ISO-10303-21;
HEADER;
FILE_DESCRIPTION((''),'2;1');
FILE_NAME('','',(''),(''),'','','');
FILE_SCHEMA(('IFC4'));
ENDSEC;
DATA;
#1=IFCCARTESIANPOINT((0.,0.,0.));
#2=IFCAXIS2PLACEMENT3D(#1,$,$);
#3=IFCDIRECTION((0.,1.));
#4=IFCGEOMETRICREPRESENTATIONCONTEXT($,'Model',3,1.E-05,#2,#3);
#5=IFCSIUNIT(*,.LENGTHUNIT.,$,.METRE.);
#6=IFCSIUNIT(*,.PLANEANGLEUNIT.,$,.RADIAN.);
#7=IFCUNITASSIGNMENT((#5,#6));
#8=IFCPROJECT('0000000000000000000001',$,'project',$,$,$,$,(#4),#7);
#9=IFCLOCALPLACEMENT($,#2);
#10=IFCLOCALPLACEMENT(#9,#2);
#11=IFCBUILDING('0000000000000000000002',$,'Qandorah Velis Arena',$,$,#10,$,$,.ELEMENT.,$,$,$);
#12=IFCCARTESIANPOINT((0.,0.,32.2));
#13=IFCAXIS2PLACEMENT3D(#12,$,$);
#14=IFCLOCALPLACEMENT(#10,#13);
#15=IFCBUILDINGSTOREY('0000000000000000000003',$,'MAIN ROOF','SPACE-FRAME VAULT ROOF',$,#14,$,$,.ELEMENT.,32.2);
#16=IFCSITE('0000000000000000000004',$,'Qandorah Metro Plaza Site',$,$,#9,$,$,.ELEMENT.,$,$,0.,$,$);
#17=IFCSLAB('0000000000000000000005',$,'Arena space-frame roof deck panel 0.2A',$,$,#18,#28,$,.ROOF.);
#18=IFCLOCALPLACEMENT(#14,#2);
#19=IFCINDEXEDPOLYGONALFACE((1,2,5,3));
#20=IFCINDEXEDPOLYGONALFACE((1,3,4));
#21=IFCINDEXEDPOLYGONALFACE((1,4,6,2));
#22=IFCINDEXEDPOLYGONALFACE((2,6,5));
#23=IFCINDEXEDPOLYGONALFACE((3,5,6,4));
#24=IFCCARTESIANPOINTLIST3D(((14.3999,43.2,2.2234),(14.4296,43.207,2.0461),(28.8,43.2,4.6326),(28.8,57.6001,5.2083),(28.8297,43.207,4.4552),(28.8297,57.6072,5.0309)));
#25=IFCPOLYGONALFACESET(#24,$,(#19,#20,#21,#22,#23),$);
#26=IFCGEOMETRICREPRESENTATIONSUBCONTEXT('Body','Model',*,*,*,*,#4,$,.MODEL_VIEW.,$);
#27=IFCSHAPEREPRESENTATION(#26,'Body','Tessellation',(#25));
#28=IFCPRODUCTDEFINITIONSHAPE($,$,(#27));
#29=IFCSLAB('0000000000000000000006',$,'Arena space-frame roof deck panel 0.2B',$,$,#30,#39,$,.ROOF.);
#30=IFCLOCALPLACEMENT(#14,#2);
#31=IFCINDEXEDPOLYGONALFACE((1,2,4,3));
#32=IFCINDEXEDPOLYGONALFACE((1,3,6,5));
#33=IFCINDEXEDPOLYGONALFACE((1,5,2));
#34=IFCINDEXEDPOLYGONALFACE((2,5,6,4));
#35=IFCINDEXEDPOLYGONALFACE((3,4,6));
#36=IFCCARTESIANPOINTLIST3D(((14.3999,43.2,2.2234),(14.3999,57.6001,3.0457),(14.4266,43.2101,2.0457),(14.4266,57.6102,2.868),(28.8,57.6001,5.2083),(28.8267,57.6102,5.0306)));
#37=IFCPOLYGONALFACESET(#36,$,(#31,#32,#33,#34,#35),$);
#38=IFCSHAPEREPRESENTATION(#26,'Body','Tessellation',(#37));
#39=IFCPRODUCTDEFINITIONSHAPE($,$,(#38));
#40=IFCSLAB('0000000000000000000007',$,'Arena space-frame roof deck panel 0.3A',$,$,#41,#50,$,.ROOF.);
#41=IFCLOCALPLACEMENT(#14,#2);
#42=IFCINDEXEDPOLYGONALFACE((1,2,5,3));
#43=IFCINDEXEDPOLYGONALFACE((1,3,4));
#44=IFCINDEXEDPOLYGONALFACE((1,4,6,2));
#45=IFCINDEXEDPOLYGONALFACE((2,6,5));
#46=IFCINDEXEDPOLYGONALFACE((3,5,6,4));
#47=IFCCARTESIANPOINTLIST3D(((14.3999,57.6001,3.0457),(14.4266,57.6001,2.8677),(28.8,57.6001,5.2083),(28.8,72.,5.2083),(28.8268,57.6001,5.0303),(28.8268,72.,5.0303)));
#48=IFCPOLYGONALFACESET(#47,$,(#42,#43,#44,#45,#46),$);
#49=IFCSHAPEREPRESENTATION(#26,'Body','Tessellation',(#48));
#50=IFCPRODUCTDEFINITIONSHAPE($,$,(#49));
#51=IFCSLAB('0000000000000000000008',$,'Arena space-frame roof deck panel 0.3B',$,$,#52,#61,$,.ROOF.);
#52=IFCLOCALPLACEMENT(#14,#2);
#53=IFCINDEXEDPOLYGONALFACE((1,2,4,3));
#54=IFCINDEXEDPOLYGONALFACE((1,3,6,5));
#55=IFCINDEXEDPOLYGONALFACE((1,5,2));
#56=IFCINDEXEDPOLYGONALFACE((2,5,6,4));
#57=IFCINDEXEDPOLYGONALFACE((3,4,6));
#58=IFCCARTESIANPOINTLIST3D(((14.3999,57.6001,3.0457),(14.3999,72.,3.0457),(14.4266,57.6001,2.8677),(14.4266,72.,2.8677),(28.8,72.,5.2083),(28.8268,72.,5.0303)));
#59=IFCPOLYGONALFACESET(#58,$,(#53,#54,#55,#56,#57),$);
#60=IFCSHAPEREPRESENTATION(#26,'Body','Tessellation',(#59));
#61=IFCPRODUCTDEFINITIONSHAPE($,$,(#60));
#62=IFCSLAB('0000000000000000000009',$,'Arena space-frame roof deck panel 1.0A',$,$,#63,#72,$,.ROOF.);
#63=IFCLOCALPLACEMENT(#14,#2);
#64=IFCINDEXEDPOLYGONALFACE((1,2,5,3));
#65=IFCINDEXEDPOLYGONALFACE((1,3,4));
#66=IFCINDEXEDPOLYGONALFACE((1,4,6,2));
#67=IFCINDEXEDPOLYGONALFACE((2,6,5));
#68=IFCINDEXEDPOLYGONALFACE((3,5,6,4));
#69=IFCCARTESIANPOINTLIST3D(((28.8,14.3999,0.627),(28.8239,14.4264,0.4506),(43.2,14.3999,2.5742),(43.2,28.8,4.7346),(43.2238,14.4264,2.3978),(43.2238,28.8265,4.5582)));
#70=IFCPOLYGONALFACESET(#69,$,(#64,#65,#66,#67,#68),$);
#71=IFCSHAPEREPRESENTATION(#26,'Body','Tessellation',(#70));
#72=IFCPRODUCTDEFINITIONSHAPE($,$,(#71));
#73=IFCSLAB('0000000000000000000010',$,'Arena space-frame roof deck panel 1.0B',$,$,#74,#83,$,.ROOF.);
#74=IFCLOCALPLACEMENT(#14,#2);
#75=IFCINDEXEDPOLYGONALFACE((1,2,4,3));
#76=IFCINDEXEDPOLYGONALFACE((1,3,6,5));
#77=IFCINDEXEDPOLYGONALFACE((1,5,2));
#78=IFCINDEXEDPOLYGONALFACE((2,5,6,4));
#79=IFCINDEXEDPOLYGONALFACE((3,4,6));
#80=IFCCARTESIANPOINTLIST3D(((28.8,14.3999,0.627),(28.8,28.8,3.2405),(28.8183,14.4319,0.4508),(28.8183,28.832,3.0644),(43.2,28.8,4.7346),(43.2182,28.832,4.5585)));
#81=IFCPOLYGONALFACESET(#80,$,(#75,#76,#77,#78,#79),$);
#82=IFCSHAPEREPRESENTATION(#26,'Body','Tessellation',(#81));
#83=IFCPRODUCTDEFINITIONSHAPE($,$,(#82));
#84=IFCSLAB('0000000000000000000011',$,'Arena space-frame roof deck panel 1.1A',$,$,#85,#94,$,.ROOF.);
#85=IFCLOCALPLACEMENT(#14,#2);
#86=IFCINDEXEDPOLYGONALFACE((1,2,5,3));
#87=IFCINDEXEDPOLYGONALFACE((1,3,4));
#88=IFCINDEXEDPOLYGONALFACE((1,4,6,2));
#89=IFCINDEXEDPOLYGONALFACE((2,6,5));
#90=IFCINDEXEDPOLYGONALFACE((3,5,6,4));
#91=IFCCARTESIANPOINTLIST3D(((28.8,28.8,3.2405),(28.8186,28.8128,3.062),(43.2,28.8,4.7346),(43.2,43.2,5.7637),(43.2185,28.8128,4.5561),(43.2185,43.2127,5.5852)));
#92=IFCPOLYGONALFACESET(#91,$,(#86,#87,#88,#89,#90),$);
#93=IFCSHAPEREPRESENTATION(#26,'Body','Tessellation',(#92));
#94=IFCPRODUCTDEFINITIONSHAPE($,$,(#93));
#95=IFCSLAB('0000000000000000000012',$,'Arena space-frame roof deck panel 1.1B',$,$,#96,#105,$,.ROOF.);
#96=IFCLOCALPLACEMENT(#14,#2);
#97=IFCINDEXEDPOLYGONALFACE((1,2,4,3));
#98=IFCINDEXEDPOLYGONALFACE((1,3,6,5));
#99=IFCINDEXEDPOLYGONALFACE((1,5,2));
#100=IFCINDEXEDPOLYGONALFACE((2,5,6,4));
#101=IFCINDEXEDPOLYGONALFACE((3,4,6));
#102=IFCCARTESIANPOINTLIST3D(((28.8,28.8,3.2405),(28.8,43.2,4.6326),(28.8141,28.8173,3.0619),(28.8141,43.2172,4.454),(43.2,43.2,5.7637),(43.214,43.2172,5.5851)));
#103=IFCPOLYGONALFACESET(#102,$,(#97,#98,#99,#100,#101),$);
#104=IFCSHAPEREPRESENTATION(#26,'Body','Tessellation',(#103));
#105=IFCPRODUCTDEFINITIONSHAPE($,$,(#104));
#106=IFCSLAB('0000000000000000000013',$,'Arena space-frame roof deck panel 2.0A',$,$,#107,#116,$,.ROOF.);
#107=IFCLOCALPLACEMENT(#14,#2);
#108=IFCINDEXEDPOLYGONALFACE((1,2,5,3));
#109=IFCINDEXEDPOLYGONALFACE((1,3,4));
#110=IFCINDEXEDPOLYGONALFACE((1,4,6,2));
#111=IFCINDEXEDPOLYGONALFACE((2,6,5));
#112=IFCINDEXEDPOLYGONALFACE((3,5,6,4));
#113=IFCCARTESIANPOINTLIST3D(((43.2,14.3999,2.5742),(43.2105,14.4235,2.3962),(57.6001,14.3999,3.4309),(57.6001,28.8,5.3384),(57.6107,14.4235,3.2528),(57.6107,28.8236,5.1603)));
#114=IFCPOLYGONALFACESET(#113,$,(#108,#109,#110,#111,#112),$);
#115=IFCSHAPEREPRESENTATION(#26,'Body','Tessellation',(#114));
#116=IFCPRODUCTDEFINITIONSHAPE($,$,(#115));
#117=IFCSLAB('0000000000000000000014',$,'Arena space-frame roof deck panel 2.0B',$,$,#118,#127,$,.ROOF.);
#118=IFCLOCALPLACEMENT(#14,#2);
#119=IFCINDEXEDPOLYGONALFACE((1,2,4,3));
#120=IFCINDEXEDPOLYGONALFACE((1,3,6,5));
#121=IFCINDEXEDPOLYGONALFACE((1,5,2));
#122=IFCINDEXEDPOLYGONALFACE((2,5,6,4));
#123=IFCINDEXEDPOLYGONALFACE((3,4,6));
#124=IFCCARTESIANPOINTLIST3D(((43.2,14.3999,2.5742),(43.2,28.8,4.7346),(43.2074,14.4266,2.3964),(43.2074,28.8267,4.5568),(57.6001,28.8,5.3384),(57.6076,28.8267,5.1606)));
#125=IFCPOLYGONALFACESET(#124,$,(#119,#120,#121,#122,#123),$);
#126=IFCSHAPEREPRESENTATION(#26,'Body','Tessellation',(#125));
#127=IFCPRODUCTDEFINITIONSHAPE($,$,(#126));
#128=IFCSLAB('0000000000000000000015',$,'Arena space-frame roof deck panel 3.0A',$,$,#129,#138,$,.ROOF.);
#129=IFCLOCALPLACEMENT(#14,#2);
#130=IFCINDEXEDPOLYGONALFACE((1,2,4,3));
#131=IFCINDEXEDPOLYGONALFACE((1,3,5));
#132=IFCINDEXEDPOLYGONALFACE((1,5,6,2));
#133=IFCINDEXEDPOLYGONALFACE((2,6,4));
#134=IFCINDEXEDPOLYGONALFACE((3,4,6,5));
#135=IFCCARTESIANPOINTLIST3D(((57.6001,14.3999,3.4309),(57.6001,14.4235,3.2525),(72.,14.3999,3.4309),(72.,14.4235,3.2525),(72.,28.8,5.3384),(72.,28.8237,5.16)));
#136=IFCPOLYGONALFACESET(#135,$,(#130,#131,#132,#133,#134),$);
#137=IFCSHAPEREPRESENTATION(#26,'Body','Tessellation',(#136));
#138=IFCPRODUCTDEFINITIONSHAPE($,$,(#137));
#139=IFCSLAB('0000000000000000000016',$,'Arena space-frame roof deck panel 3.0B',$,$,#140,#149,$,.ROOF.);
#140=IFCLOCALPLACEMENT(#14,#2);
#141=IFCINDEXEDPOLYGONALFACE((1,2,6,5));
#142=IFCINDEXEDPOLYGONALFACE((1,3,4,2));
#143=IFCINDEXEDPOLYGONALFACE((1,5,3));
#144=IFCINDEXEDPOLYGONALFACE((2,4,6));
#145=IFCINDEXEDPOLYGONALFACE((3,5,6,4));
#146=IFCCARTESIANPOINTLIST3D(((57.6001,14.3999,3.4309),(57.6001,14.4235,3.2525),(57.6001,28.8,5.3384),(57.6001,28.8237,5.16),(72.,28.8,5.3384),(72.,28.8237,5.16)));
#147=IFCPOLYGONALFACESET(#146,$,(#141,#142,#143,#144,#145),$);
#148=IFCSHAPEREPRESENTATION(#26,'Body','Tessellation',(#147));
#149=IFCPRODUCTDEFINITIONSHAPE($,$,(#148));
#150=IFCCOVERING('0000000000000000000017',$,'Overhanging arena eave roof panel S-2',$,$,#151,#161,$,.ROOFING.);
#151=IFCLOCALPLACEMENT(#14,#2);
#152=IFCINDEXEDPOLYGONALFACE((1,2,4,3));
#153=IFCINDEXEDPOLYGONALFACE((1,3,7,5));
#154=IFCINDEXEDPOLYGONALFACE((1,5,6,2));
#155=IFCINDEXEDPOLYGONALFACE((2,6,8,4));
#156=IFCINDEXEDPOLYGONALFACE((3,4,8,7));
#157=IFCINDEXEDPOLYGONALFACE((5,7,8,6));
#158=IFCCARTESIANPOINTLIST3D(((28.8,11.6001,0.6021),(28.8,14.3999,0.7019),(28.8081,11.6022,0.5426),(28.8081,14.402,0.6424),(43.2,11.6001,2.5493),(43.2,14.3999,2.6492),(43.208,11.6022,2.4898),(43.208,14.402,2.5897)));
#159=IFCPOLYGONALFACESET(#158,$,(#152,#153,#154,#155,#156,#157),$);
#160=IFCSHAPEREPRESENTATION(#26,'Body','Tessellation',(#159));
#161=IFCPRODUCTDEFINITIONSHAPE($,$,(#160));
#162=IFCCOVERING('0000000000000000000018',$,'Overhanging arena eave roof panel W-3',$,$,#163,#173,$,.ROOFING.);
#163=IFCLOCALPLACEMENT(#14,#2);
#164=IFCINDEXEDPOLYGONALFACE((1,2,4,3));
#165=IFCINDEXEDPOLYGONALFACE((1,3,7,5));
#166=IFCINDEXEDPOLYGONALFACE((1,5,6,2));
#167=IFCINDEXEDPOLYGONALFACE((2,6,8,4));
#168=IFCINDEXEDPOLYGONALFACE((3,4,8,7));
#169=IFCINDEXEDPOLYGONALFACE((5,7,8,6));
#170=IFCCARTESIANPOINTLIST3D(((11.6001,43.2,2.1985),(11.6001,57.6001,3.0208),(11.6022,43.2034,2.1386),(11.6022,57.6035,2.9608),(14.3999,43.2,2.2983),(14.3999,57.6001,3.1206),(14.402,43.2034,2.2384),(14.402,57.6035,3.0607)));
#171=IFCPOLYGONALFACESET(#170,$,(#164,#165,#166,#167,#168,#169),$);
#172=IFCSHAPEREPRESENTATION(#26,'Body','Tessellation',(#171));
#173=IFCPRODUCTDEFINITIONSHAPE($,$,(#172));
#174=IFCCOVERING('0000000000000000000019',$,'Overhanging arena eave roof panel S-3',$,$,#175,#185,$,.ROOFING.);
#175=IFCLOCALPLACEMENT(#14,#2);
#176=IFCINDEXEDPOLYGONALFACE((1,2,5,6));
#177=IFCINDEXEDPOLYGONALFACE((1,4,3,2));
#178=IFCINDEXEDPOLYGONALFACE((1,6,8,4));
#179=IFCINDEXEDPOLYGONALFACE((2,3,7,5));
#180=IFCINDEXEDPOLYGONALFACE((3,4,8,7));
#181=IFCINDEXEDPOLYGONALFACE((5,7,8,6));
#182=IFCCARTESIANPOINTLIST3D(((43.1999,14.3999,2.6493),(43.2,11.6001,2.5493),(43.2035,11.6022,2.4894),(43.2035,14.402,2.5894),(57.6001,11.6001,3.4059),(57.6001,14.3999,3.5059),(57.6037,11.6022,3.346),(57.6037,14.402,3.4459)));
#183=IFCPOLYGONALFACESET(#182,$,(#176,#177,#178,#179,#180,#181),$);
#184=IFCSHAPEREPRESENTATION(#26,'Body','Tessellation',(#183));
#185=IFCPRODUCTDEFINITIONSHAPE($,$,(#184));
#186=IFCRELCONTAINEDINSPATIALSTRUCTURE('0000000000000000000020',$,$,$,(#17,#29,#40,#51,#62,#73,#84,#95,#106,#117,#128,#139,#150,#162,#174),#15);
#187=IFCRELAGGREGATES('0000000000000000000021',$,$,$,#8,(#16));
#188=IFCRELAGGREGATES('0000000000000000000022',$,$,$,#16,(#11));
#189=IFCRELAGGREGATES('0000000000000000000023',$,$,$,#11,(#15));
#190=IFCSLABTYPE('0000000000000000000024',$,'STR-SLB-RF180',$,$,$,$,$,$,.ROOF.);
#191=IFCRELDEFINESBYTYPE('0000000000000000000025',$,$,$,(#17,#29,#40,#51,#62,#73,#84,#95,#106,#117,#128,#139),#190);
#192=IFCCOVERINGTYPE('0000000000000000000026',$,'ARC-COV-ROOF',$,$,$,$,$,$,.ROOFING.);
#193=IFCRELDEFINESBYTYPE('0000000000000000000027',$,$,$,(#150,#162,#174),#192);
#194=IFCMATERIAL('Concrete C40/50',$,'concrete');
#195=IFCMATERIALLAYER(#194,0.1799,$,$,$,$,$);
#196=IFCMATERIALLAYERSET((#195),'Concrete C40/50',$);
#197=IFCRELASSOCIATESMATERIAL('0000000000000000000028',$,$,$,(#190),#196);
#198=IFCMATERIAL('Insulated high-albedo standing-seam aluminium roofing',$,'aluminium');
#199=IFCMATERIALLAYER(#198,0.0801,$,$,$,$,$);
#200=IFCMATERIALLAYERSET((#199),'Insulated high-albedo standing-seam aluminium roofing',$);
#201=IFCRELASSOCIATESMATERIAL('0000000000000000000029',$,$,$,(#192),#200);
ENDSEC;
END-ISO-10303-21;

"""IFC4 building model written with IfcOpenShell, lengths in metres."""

from ifc_helpers import new_model, si_unit, direction, frame, origin, place, context, subcontext, project, spatial, polyline, outline, extrude, material, layer, layer_set, type_object, element, save


model = new_model("IFC4")

# Units and contexts
model_context = context("Model", 3, precision=1e-05, world=origin(), true_north=direction((0.0, 1.0)))
body_context = subcontext(model_context, "Body", "Model", "MODEL_VIEW")
ifc_project = project(units=[si_unit("LENGTHUNIT", "METRE"), si_unit("PLANEANGLEUNIT", "RADIAN")], contexts=[model_context])

# Site, building, storey
site_placement = place(None, origin())
site = spatial("IfcSite", under=ifc_project, at=site_placement, Name="Qandorah Metro Plaza Site", CompositionType="ELEMENT", RefElevation=0.0)
building_placement = place(site_placement, origin())
building = spatial("IfcBuilding", under=site, at=building_placement, Name="Qandorah Velis Arena", CompositionType="ELEMENT")
storey_placement = place(building_placement, frame((0.0, 0.0, 32.2)))
storey = spatial("IfcBuildingStorey", under=building, at=storey_placement, Name="MAIN ROOF", Description="SPACE-FRAME VAULT ROOF", CompositionType="ELEMENT", Elevation=32.2)

# Slabs
ifc_material_1 = material(Name="Concrete C40/50", Category="concrete")
ifc_layer_1 = layer(ifc_material_1, 0.1799)
ifc_layer_set_1 = layer_set([ifc_layer_1], Name="Concrete C40/50")
slab_type = type_object("IfcSlabType", Name="STR-SLB-RF180", PredefinedType="ROOF", material=ifc_layer_set_1)
slab_1_placement = place(storey_placement, frame((14.3999, 43.2, 2.2234), z_axis=(-0.164881, -0.039399, 0.985526), x_axis=(0.986292, 0.0, 0.165009)))
element("IfcSlab", 1, at=slab_1_placement, inside=storey, type_object=slab_type, Name="Arena space-frame roof deck panel 0.2A", PredefinedType="ROOF", context=body_context, shape_type="SweptSolid", body=[
    extrude(outline(polyline([(0.0, 0.0), (14.6003, 0.0), (14.6953, 14.4113), (0.0, 0.0)])), origin(), (0.0, 0.0, -1.0), 0.1799),
])
slab_2_placement = place(storey_placement, frame((14.3999, 43.2, 2.2234), z_axis=(-0.148277, -0.056378, 0.987338), x_axis=(0.699632, 0.699632, 0.14502)))
element("IfcSlab", 2, at=slab_2_placement, inside=storey, type_object=slab_type, Name="Arena space-frame roof deck panel 0.2B", PredefinedType="ROOF", context=body_context, shape_type="SweptSolid", body=[
    extrude(outline(polyline([(0.0, 0.0), (20.5825, 0.0), (10.194, 10.204), (0.0, 0.0)])), origin(), (0.0, 0.0, -1.0), 0.1799),
])
slab_3_placement = place(storey_placement, frame((14.3999, 57.6001, 3.0457), z_axis=(-0.148513, 0.0, 0.98891), x_axis=(0.98891, 0.0, 0.148513)))
element("IfcSlab", 3, at=slab_3_placement, inside=storey, type_object=slab_type, Name="Arena space-frame roof deck panel 0.3A", PredefinedType="ROOF", context=body_context, shape_type="SweptSolid", body=[
    extrude(outline(polyline([(0.0, 0.0), (14.5616, 0.0), (14.5616, 14.3999), (0.0, 0.0)])), origin(), (0.0, 0.0, -1.0), 0.1799),
])
slab_4_placement = place(storey_placement, frame((14.3999, 57.6001, 3.0457), z_axis=(-0.148513, 0.0, 0.98891), x_axis=(0.703159, 0.703147, 0.1056)))
element("IfcSlab", 4, at=slab_4_placement, inside=storey, type_object=slab_type, Name="Arena space-frame roof deck panel 0.3B", PredefinedType="ROOF", context=body_context, shape_type="SweptSolid", body=[
    extrude(outline(polyline([(0.0, 0.0), (20.4792, 0.0), (10.1253, 10.239), (0.0, 0.0)])), origin(), (0.0, 0.0, -1.0), 0.1799),
])
slab_5_placement = place(storey_placement, frame((28.8, 14.3999, 0.627), z_axis=(-0.132551, -0.147057, 0.980206), x_axis=(0.99098, 0.0, 0.134008)))
element("IfcSlab", 5, at=slab_5_placement, inside=storey, type_object=slab_type, Name="Arena space-frame roof deck panel 1.0A", PredefinedType="ROOF", context=body_context, shape_type="SweptSolid", body=[
    extrude(outline(polyline([(0.0, 0.0), (14.531, 0.0), (14.8205, 14.5584), (0.0, 0.0)])), origin(), (0.0, 0.0, -1.0), 0.1799),
])
slab_6_placement = place(storey_placement, frame((28.8, 14.3999, 0.627), z_axis=(-0.101565, -0.177652, 0.978838), x_axis=(0.693141, 0.693153, 0.197723)))
element("IfcSlab", 6, at=slab_6_placement, inside=storey, type_object=slab_type, Name="Arena space-frame roof deck panel 1.0B", PredefinedType="ROOF", context=body_context, shape_type="SweptSolid", body=[
    extrude(outline(polyline([(0.0, 0.0), (20.7748, 0.0), (10.4983, 10.1971), (0.0, 0.0)])), origin(), (0.0, 0.0, -1.0), 0.1799),
])
slab_7_placement = place(storey_placement, frame((28.8, 28.8, 3.2405), z_axis=(-0.102947, -0.070902, 0.992157), x_axis=(0.99466, 0.0, 0.103206)))
element("IfcSlab", 7, at=slab_7_placement, inside=storey, type_object=slab_type, Name="Arena space-frame roof deck panel 1.1A", PredefinedType="ROOF", context=body_context, shape_type="SweptSolid", body=[
    extrude(outline(polyline([(0.0, 0.0), (14.4772, 0.0), (14.5834, 14.4362), (0.0, 0.0)])), origin(), (0.0, 0.0, -1.0), 0.1799),
])
slab_8_placement = place(storey_placement, frame((28.8, 28.8, 3.2405), z_axis=(-0.077947, -0.095932, 0.992331), x_axis=(0.701741, 0.701741, 0.122961)))
element("IfcSlab", 8, at=slab_8_placement, inside=storey, type_object=slab_type, Name="Arena space-frame roof deck panel 1.1B", PredefinedType="ROOF", context=body_context, shape_type="SweptSolid", body=[
    extrude(outline(polyline([(0.0, 0.0), (20.5203, 0.0), (10.2762, 10.1831), (0.0, 0.0)])), origin(), (0.0, 0.0, -1.0), 0.1799),
])
slab_9_placement = place(storey_placement, frame((43.2, 14.3999, 2.5742), z_axis=(-0.058874, -0.131087, 0.989621), x_axis=(0.998235, 0.0, 0.059387)))
element("IfcSlab", 9, at=slab_9_placement, inside=storey, type_object=slab_type, Name="Arena space-frame roof deck panel 2.0A", PredefinedType="ROOF", context=body_context, shape_type="SweptSolid", body=[
    extrude(outline(polyline([(0.0, 0.0), (14.4256, 0.0), (14.5389, 14.5255), (0.0, 0.0)])), origin(), (0.0, 0.0, -1.0), 0.1799),
])
slab_10_placement = place(storey_placement, frame((43.2, 14.3999, 2.5742), z_axis=(-0.041428, -0.148238, 0.988084), x_axis=(0.700682, 0.700682, 0.134498)))
element("IfcSlab", 10, at=slab_10_placement, inside=storey, type_object=slab_type, Name="Arena space-frame roof deck panel 2.0B", PredefinedType="ROOF", context=body_context, shape_type="SweptSolid", body=[
    extrude(outline(polyline([(0.0, 0.0), (20.5516, 0.0), (10.3805, 10.2116), (0.0, 0.0)])), origin(), (0.0, 0.0, -1.0), 0.1799),
])
slab_11_placement = place(storey_placement, frame((57.6001, 14.3999, 3.4309), z_axis=(0.0, -0.131315, 0.991341), x_axis=(1.0, 0.0, 0.0)))
element("IfcSlab", 11, at=slab_11_placement, inside=storey, type_object=slab_type, Name="Arena space-frame roof deck panel 3.0A", PredefinedType="ROOF", context=body_context, shape_type="SweptSolid", body=[
    extrude(outline(polyline([(0.0, 0.0), (14.3999, 0.0), (14.3999, 14.5259), (0.0, 0.0)])), origin(), (0.0, 0.0, -1.0), 0.1799),
])
slab_12_placement = place(storey_placement, frame((57.6001, 14.3999, 3.4309), z_axis=(0.0, -0.131315, 0.991341), x_axis=(0.704019, 0.704031, 0.093257)))
element("IfcSlab", 12, at=slab_12_placement, inside=storey, type_object=slab_type, Name="Arena space-frame roof deck panel 3.0B", PredefinedType="ROOF", context=body_context, shape_type="SweptSolid", body=[
    extrude(outline(polyline([(0.0, 0.0), (20.4538, 0.0), (10.316, 10.2265), (0.0, 0.0)])), origin(), (0.0, 0.0, -1.0), 0.1799),
])

# Coverings
ifc_material_2 = material(Name="Insulated high-albedo standing-seam aluminium roofing", Category="aluminium")
ifc_layer_2 = layer(ifc_material_2, 0.0801)
ifc_layer_set_2 = layer_set([ifc_layer_2], Name="Insulated high-albedo standing-seam aluminium roofing")
covering_type = type_object("IfcCoveringType", Name="ARC-COV-ROOF", PredefinedType="ROOFING", material=ifc_layer_set_2)
covering_1_placement = place(storey_placement, frame((28.8, 11.6001, 0.6021), z_axis=(-0.133924, -0.035321, 0.990362), x_axis=(0.99098, 0.0, 0.134008)))
element("IfcCovering", 13, at=covering_1_placement, inside=storey, type_object=covering_type, Name="Overhanging arena eave roof panel S-2", PredefinedType="ROOFING", context=body_context, shape_type="SweptSolid", body=[
    extrude(outline(polyline([(0.0, 0.0), (14.531, 0.0), (14.5443, 2.8016), (0.0134, 2.8016), (0.0, 0.0)])), origin(), (0.0, 0.0, -1.0), 0.0601),
])
covering_2_placement = place(storey_placement, frame((11.6001, 43.2, 2.1985), z_axis=(-0.035584, -0.056972, 0.997741), x_axis=(0.999365, 0.0, 0.035642)))
element("IfcCovering", 14, at=covering_2_placement, inside=storey, type_object=covering_type, Name="Overhanging arena eave roof panel W-3", PredefinedType="ROOFING", context=body_context, shape_type="SweptSolid", body=[
    extrude(outline(polyline([(0.0, 0.0), (2.8016, 0.0), (2.8309, 14.4236), (0.0293, 14.4236), (0.0, 0.0)])), origin(), (0.0, 0.0, -1.0), 0.0601),
])
covering_3_placement = place(storey_placement, frame((43.2, 11.6001, 2.5493), z_axis=(-0.059341, -0.035622, 0.997602), x_axis=(0.998236, 0.0, 0.059378)))
element("IfcCovering", 15, at=covering_3_placement, inside=storey, type_object=covering_type, Name="Overhanging arena eave roof panel S-3", PredefinedType="ROOFING", context=body_context, shape_type="SweptSolid", body=[
    extrude(outline(polyline([(0.0, 0.0), (14.4256, 0.0), (14.4315, 2.8016), (0.0059, 2.8016), (0.0, 0.0)])), origin(), (0.0, 0.0, -1.0), 0.0601),
])

save(model, "model.ifc")
